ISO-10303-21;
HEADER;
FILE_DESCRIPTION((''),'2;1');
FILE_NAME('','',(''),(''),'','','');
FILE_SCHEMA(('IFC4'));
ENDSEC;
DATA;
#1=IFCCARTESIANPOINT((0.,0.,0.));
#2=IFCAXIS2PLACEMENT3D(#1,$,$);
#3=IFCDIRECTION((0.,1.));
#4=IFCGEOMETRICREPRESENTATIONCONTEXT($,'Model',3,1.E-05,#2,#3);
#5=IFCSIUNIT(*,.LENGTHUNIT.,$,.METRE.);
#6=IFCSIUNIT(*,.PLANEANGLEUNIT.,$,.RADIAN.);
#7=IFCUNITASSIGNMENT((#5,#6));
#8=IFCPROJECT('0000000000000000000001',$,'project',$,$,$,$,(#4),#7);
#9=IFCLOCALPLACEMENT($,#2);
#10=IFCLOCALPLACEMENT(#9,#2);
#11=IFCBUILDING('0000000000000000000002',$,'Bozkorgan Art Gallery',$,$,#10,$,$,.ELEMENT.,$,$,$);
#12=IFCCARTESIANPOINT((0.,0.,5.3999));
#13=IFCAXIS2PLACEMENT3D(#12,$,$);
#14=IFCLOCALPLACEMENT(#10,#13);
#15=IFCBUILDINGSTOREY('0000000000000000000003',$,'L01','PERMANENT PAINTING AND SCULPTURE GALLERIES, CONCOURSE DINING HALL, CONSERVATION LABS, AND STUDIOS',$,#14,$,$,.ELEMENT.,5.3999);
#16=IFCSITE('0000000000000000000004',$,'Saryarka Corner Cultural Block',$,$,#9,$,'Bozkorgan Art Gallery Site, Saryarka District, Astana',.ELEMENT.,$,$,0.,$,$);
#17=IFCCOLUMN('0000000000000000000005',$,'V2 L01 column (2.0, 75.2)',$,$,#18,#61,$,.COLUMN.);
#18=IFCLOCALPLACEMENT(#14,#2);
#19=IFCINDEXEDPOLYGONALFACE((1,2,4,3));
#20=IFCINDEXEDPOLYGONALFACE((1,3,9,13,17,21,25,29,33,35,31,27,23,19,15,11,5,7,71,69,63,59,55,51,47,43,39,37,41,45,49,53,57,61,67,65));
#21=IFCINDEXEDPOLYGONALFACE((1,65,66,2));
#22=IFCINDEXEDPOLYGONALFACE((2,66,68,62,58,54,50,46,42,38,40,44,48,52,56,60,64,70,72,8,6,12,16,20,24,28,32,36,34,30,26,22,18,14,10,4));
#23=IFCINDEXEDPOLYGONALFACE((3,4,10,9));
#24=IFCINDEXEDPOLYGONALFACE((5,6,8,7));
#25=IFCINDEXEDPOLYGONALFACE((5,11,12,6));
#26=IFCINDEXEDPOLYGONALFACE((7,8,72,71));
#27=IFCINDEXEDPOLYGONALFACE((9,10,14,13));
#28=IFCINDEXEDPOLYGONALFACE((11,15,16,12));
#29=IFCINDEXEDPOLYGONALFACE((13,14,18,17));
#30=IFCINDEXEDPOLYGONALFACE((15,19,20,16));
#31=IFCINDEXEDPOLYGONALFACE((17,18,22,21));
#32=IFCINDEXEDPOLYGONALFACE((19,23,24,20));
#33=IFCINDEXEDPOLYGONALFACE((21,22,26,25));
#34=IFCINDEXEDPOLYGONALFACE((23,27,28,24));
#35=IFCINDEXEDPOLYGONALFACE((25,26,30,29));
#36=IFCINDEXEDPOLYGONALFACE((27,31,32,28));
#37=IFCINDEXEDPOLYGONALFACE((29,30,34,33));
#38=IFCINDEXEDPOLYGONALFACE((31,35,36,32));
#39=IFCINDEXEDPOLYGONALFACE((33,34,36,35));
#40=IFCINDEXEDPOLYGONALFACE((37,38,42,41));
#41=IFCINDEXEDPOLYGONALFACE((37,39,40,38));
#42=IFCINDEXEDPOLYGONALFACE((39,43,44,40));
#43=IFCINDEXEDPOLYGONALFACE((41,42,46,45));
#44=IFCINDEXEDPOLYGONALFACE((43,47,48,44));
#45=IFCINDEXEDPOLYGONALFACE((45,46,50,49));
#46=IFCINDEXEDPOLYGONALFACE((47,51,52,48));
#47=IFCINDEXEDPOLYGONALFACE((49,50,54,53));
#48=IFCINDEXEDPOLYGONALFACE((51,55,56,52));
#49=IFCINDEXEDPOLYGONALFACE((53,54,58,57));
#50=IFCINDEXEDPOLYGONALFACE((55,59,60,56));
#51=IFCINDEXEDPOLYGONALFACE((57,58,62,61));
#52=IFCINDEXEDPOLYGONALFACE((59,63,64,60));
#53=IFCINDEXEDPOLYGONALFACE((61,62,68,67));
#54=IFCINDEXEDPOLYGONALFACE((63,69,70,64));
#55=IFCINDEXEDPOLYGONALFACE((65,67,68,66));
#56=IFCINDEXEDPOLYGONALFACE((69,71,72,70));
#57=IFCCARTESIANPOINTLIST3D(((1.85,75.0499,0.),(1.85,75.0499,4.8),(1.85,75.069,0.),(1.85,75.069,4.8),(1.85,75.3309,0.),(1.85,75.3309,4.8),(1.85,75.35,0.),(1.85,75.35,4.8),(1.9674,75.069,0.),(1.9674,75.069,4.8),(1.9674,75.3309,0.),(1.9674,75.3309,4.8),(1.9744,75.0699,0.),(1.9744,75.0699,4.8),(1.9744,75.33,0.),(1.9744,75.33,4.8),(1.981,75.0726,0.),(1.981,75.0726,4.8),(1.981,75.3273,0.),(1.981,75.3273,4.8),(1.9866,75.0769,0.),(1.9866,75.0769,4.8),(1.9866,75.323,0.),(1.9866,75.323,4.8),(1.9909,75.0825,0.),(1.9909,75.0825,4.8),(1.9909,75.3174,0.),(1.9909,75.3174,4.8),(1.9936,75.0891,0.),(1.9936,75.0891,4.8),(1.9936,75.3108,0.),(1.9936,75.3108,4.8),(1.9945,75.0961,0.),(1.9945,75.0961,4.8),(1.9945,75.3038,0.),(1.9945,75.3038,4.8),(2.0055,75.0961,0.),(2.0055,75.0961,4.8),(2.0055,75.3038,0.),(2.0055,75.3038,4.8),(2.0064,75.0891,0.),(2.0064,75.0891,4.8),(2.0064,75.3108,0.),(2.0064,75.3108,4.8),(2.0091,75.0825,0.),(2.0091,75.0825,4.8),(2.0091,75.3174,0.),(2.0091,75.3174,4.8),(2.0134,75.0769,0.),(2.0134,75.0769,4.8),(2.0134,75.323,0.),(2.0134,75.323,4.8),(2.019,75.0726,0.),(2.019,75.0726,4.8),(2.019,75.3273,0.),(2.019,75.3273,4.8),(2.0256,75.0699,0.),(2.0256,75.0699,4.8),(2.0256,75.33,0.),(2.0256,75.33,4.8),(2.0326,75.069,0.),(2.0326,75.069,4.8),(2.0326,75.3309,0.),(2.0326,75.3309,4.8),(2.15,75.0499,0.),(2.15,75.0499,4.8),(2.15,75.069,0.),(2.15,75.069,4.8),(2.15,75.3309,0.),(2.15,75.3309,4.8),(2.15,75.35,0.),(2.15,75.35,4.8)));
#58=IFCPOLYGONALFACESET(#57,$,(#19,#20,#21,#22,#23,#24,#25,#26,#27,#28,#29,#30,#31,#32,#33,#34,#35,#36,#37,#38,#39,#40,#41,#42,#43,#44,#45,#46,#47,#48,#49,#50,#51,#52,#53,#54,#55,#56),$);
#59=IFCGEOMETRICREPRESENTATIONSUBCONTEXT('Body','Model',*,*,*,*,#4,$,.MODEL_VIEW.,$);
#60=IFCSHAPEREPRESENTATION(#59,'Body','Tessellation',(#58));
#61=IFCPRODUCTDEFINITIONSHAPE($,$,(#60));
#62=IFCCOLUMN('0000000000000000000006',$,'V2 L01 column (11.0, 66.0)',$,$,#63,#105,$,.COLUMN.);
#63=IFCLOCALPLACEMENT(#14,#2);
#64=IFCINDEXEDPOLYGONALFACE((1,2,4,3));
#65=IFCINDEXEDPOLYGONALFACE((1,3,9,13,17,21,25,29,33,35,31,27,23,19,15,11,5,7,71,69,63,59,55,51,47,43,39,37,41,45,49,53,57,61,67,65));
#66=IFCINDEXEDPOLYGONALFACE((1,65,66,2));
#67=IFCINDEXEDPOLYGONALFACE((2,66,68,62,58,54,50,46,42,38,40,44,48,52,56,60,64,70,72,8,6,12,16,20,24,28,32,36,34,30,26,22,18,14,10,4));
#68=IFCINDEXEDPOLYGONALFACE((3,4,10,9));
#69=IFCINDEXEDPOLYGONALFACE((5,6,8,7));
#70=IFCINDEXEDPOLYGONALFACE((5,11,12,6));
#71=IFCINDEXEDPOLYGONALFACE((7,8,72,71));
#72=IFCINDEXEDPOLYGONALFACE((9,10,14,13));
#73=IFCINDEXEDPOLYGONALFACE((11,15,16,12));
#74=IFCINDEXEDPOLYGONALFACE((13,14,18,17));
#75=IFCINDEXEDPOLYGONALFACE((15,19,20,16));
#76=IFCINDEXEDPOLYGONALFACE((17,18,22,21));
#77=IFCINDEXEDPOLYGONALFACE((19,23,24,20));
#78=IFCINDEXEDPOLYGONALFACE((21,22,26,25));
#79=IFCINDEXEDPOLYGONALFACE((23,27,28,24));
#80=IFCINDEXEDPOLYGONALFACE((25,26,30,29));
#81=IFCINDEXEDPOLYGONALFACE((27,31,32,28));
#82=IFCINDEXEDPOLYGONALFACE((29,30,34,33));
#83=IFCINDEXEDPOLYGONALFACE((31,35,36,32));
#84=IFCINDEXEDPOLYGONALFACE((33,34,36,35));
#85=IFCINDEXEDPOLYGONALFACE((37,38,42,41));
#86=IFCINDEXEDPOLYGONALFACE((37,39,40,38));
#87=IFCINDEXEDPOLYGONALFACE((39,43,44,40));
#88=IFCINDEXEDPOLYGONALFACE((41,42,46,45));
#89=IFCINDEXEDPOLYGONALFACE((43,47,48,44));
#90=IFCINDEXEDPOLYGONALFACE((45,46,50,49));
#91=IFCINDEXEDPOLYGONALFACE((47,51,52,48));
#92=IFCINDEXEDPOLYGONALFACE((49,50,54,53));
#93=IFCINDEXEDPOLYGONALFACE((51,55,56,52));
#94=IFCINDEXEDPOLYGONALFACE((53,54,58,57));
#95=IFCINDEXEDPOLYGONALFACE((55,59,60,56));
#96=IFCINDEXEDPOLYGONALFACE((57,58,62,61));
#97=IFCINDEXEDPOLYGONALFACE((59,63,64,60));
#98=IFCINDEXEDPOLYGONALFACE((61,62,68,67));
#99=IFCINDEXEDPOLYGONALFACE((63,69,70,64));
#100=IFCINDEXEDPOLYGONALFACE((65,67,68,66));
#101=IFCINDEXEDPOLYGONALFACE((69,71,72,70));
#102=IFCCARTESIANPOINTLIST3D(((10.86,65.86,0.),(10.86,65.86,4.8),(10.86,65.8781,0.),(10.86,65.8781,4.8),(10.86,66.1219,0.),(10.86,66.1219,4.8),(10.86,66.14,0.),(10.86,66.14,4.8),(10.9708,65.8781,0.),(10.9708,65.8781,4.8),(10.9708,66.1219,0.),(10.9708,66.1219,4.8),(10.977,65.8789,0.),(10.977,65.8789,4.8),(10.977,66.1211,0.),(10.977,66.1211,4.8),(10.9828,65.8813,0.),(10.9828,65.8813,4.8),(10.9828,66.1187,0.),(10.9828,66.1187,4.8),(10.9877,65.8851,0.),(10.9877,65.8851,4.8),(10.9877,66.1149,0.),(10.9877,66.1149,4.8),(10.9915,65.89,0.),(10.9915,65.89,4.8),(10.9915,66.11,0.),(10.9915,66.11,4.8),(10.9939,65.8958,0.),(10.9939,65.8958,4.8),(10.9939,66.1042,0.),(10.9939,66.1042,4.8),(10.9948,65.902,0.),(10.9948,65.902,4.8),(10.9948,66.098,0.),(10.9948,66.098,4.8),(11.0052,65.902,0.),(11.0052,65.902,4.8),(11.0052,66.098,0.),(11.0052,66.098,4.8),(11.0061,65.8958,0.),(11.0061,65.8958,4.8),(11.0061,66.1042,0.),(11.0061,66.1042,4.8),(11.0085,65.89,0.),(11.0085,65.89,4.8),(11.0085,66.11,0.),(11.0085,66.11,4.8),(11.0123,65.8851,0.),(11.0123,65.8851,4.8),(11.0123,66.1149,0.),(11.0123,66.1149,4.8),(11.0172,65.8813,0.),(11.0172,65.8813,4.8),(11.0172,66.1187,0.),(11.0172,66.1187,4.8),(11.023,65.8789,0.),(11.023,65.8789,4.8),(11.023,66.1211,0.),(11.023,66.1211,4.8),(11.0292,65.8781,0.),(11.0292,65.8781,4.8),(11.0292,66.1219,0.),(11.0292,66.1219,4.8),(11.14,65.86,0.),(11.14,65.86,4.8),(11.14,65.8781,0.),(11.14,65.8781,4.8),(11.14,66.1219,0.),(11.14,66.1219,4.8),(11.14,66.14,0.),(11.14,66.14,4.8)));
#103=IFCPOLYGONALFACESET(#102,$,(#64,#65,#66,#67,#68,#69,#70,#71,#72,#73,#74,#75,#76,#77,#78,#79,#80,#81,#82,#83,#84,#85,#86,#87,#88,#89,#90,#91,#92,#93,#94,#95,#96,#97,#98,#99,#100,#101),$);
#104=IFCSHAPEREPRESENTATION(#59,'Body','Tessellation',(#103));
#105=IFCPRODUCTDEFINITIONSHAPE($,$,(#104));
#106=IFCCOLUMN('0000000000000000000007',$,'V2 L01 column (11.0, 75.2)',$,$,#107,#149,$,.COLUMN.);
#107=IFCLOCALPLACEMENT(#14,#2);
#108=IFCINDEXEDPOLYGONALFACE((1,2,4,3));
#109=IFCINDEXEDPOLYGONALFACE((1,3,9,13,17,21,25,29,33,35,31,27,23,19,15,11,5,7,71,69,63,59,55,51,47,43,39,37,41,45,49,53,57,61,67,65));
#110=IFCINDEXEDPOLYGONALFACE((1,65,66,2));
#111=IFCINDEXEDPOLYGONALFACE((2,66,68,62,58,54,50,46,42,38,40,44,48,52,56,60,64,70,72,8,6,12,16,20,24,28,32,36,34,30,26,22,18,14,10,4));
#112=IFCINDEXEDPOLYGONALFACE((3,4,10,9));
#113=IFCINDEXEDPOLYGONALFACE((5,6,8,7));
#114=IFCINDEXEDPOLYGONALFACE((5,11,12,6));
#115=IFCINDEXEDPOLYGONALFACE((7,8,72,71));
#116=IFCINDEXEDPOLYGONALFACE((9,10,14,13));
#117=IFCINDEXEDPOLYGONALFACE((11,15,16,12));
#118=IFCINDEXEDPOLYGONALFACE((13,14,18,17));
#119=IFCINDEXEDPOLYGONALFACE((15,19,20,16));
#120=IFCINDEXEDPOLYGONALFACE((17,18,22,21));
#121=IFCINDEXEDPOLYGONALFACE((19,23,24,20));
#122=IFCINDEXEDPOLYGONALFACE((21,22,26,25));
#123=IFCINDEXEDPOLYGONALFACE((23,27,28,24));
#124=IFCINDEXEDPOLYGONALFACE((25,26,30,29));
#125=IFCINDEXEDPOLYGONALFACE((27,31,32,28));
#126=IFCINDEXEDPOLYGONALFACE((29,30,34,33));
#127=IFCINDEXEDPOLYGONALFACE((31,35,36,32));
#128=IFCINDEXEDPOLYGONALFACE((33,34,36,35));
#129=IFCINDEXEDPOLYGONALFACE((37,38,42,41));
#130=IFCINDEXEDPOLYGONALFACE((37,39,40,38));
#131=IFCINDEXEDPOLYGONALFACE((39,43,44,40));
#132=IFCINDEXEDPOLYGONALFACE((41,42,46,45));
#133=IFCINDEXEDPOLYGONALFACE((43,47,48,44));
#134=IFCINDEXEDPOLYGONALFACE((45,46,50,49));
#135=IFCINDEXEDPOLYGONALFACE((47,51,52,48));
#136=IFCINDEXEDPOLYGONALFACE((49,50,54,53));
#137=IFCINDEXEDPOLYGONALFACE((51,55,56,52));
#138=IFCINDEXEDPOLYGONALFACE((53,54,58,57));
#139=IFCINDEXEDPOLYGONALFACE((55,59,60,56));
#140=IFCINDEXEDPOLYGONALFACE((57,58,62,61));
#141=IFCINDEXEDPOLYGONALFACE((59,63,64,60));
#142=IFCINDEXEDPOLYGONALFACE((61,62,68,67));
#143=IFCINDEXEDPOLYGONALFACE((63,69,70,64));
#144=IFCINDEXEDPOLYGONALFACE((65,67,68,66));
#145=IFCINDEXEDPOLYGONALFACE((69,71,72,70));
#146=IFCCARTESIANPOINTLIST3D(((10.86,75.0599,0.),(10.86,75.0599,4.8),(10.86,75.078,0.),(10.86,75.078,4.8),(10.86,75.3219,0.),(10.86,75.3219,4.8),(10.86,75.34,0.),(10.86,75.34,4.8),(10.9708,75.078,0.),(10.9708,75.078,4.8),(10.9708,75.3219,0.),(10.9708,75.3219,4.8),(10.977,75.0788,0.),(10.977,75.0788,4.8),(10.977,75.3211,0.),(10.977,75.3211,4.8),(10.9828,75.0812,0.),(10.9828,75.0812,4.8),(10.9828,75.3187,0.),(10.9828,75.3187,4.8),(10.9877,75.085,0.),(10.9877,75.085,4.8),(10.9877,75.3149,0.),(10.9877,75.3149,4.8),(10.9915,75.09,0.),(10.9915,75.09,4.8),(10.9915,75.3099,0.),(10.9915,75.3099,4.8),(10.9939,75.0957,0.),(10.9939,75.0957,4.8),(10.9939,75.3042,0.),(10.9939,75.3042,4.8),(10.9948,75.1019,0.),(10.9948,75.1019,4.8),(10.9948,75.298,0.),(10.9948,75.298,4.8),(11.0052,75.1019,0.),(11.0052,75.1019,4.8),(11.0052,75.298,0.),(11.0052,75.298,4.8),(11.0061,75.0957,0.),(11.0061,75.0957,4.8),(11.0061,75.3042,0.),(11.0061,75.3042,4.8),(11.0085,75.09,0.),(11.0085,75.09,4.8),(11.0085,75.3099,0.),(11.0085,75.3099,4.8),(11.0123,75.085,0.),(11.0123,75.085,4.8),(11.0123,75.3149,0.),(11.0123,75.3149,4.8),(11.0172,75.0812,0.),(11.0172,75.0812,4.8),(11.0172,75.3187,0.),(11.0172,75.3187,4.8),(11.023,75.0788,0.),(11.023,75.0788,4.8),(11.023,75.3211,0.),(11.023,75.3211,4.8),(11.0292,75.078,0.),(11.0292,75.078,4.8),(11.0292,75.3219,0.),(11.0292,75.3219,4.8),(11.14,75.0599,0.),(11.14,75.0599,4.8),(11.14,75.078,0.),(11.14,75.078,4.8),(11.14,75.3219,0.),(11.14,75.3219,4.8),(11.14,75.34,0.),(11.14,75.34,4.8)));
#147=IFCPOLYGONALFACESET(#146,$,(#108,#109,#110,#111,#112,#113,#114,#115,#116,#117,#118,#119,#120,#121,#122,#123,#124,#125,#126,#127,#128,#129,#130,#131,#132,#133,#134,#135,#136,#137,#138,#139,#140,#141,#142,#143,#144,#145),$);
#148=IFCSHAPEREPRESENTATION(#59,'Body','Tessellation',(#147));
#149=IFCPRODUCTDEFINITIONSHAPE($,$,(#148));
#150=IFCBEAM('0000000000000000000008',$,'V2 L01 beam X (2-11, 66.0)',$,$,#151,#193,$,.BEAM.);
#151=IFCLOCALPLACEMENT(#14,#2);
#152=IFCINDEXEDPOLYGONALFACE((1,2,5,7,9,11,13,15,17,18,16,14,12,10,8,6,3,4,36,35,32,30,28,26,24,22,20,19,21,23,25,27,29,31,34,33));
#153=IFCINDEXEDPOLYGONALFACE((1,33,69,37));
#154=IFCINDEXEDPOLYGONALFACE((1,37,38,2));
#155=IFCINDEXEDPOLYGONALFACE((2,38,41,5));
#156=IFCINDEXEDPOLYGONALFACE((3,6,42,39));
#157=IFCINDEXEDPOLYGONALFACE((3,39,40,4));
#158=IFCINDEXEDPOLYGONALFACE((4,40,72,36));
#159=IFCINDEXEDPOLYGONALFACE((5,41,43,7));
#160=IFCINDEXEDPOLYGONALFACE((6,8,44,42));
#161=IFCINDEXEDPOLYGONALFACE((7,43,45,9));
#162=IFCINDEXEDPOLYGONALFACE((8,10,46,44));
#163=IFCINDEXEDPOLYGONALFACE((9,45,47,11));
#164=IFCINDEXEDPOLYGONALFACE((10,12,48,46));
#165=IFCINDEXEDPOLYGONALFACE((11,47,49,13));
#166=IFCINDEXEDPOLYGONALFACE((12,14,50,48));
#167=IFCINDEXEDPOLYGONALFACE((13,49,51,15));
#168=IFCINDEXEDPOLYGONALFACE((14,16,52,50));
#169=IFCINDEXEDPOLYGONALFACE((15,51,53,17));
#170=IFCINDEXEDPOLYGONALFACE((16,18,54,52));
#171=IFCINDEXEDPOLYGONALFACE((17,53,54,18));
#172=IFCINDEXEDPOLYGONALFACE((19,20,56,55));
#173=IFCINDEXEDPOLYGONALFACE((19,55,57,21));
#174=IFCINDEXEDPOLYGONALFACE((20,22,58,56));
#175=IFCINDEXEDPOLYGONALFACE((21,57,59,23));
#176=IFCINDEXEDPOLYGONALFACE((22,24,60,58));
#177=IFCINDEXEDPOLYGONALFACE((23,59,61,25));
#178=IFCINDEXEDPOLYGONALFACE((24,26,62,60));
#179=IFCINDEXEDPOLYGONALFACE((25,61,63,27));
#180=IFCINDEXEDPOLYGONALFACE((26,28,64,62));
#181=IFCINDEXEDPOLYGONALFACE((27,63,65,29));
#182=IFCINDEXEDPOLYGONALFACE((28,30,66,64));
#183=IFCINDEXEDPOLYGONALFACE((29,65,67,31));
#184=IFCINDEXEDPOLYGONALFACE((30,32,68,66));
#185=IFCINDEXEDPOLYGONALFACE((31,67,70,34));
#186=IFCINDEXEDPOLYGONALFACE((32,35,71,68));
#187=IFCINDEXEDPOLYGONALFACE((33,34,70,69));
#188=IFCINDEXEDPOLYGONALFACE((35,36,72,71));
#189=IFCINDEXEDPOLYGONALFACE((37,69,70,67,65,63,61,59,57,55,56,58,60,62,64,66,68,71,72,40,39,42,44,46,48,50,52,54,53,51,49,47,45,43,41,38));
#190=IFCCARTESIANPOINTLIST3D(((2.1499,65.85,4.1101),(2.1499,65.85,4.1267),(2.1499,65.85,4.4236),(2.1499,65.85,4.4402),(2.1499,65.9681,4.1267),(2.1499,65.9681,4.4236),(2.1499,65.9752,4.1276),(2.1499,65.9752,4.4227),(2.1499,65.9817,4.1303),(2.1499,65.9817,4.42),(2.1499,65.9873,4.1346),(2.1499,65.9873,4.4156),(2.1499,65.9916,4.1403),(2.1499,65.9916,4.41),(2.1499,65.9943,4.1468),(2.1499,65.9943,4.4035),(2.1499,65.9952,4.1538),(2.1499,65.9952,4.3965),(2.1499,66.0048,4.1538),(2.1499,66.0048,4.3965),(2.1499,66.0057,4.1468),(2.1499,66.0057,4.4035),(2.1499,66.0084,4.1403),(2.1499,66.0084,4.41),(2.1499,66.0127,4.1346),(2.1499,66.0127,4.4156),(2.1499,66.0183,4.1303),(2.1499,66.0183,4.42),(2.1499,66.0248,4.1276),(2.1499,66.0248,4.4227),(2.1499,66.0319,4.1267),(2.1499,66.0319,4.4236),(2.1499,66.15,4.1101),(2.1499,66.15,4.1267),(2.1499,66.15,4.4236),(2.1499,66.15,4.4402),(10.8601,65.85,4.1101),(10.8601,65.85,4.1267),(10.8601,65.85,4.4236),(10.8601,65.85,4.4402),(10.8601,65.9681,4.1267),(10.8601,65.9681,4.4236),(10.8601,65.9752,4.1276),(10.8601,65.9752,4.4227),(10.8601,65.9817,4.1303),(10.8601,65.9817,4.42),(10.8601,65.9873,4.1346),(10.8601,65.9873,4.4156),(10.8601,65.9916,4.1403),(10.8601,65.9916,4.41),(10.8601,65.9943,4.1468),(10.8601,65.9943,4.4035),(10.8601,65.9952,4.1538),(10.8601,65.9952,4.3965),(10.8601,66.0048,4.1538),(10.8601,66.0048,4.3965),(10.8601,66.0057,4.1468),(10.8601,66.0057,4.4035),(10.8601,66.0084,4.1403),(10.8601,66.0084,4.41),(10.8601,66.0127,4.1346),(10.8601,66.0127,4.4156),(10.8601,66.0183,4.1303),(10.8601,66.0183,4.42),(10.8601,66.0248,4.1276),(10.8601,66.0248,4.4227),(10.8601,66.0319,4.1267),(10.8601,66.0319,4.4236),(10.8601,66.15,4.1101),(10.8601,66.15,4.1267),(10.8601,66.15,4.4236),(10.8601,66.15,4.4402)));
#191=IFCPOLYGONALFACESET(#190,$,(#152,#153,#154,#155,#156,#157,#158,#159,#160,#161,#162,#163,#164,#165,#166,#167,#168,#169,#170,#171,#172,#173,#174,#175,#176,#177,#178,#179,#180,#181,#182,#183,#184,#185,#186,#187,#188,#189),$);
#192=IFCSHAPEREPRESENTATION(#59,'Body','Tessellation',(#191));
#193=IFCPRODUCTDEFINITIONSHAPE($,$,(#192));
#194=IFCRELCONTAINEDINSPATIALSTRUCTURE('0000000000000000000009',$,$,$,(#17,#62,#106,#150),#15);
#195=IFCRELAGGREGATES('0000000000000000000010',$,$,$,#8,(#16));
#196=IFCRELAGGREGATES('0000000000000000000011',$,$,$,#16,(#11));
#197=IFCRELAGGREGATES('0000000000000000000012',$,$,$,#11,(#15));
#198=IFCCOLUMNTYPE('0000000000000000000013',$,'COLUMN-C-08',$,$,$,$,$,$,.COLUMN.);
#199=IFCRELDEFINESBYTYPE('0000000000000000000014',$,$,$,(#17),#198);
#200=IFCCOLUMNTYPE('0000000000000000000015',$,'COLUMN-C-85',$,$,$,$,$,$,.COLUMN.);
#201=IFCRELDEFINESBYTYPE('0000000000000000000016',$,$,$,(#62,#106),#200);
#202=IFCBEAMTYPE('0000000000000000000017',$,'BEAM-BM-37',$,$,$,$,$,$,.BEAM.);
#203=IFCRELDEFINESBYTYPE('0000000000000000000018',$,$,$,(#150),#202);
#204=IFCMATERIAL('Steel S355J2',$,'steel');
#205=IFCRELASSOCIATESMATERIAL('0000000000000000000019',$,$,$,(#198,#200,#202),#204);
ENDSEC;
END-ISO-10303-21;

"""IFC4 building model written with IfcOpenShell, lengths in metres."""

from ifc_helpers import new_model, si_unit, direction, frame, origin, origin_2d, place, context, subcontext, project, spatial, i_section, extrude, material, material_profile, profile_set, type_object, element, save


model = new_model("IFC4")

# Units and contexts
model_context = context("Model", 3, precision=1e-05, world=origin(), true_north=direction((0.0, 1.0)))
body_context = subcontext(model_context, "Body", "Model", "MODEL_VIEW")
ifc_project = project(units=[si_unit("LENGTHUNIT", "METRE"), si_unit("PLANEANGLEUNIT", "RADIAN")], contexts=[model_context])

# Site, building, storey
site_placement = place(None, origin())
site = spatial("IfcSite", under=ifc_project, at=site_placement, Name="Saryarka Corner Cultural Block", LongName="Bozkorgan Art Gallery Site, Saryarka District, Astana", CompositionType="ELEMENT", RefElevation=0.0)
building_placement = place(site_placement, origin())
building = spatial("IfcBuilding", under=site, at=building_placement, Name="Bozkorgan Art Gallery", CompositionType="ELEMENT")
storey_placement = place(building_placement, frame((0.0, 0.0, 5.3999)))
storey = spatial("IfcBuildingStorey", under=building, at=storey_placement, Name="L01", Description="PERMANENT PAINTING AND SCULPTURE GALLERIES, CONCOURSE DINING HALL, CONSERVATION LABS, AND STUDIOS", CompositionType="ELEMENT", Elevation=5.3999)

# Columns
ifc_material_1 = material(Name="Steel S355J2", Category="steel")
ifc_material_profile_1 = material_profile(ifc_material_1, i_section(OverallWidth=0.3, OverallDepth=0.3, WebThickness=0.011, FlangeThickness=0.019, FilletRadius=0.0271, at=origin_2d()), Name="HEB 300")
ifc_profile_set_1 = profile_set([ifc_material_profile_1], Name="Steel S355J2")
column_type_1 = type_object("IfcColumnType", Name="COLUMN-C-08", PredefinedType="COLUMN", material=ifc_profile_set_1)
column_placement = place(storey_placement, frame((2.0, 75.2, 0.0), z_axis=(0.0, 0.0, 1.0), x_axis=(1.0, 0.0, 0.0)))
element("IfcColumn", 1, at=column_placement, inside=storey, type_object=column_type_1, Name="V2 L01 column (2.0, 75.2)", PredefinedType="COLUMN", context=body_context, shape_type="SweptSolid", body=[
    extrude(i_section(OverallWidth=0.3, OverallDepth=0.3, WebThickness=0.011, FlangeThickness=0.019, FilletRadius=0.0271, at=origin_2d()), origin(), (0.0, 0.0, 1.0), 4.8),
])
ifc_material_profile_2 = material_profile(ifc_material_1, i_section(OverallWidth=0.28, OverallDepth=0.28, WebThickness=0.0105, FlangeThickness=0.0181, FilletRadius=0.0239, at=origin_2d()), Name="HEB 280")
ifc_profile_set_2 = profile_set([ifc_material_profile_2], Name="Steel S355J2")
column_type_2 = type_object("IfcColumnType", Name="COLUMN-C-85", PredefinedType="COLUMN", material=ifc_profile_set_2)
for number, where, z_axis, x_axis, name in (
    (2, (11.0, 66.0, 0.0), (0.0, 0.0, 1.0), (1.0, 0.0, 0.0), "V2 L01 column (11.0, 66.0)"),
    (3, (11.0, 75.2, 0.0), (0.0, 0.0, 1.0), (1.0, 0.0, 0.0), "V2 L01 column (11.0, 75.2)"),
):
    element("IfcColumn", number, at=place(storey_placement, frame(where, z_axis=z_axis, x_axis=x_axis)), inside=storey, type_object=column_type_2, Name=name, PredefinedType="COLUMN", context=body_context, shape_type="SweptSolid", body=[
        extrude(i_section(OverallWidth=0.28, OverallDepth=0.28, WebThickness=0.0105, FlangeThickness=0.0181, FilletRadius=0.0239, at=origin_2d()), origin(), (0.0, 0.0, 1.0), 4.8),
    ])

# Beam
ifc_material_profile_3 = material_profile(ifc_material_1, i_section(OverallWidth=0.3, OverallDepth=0.3301, WebThickness=0.0095, FlangeThickness=0.0166, FilletRadius=0.0271, at=origin_2d()), Name="HEA 340")
ifc_profile_set_3 = profile_set([ifc_material_profile_3], Name="Steel S355J2")
beam_type = type_object("IfcBeamType", Name="BEAM-BM-37", PredefinedType="BEAM", material=ifc_profile_set_3)
for number, where, z_axis, x_axis, name in (
    (4, (2.1499, 66.0, 4.2751), (1.0, 0.0, 0.0), (0.0, 1.0, 0.0), "V2 L01 beam X (2-11, 66.0)"),
):
    element("IfcBeam", number, at=place(storey_placement, frame(where, z_axis=z_axis, x_axis=x_axis)), inside=storey, type_object=beam_type, Name=name, PredefinedType="BEAM", context=body_context, shape_type="SweptSolid", body=[
        extrude(i_section(OverallWidth=0.3, OverallDepth=0.3301, WebThickness=0.0095, FlangeThickness=0.0166, FilletRadius=0.0271, at=origin_2d()), origin(), (0.0, 0.0, 1.0), 8.7102),
    ])

save(model, "model.ifc")
